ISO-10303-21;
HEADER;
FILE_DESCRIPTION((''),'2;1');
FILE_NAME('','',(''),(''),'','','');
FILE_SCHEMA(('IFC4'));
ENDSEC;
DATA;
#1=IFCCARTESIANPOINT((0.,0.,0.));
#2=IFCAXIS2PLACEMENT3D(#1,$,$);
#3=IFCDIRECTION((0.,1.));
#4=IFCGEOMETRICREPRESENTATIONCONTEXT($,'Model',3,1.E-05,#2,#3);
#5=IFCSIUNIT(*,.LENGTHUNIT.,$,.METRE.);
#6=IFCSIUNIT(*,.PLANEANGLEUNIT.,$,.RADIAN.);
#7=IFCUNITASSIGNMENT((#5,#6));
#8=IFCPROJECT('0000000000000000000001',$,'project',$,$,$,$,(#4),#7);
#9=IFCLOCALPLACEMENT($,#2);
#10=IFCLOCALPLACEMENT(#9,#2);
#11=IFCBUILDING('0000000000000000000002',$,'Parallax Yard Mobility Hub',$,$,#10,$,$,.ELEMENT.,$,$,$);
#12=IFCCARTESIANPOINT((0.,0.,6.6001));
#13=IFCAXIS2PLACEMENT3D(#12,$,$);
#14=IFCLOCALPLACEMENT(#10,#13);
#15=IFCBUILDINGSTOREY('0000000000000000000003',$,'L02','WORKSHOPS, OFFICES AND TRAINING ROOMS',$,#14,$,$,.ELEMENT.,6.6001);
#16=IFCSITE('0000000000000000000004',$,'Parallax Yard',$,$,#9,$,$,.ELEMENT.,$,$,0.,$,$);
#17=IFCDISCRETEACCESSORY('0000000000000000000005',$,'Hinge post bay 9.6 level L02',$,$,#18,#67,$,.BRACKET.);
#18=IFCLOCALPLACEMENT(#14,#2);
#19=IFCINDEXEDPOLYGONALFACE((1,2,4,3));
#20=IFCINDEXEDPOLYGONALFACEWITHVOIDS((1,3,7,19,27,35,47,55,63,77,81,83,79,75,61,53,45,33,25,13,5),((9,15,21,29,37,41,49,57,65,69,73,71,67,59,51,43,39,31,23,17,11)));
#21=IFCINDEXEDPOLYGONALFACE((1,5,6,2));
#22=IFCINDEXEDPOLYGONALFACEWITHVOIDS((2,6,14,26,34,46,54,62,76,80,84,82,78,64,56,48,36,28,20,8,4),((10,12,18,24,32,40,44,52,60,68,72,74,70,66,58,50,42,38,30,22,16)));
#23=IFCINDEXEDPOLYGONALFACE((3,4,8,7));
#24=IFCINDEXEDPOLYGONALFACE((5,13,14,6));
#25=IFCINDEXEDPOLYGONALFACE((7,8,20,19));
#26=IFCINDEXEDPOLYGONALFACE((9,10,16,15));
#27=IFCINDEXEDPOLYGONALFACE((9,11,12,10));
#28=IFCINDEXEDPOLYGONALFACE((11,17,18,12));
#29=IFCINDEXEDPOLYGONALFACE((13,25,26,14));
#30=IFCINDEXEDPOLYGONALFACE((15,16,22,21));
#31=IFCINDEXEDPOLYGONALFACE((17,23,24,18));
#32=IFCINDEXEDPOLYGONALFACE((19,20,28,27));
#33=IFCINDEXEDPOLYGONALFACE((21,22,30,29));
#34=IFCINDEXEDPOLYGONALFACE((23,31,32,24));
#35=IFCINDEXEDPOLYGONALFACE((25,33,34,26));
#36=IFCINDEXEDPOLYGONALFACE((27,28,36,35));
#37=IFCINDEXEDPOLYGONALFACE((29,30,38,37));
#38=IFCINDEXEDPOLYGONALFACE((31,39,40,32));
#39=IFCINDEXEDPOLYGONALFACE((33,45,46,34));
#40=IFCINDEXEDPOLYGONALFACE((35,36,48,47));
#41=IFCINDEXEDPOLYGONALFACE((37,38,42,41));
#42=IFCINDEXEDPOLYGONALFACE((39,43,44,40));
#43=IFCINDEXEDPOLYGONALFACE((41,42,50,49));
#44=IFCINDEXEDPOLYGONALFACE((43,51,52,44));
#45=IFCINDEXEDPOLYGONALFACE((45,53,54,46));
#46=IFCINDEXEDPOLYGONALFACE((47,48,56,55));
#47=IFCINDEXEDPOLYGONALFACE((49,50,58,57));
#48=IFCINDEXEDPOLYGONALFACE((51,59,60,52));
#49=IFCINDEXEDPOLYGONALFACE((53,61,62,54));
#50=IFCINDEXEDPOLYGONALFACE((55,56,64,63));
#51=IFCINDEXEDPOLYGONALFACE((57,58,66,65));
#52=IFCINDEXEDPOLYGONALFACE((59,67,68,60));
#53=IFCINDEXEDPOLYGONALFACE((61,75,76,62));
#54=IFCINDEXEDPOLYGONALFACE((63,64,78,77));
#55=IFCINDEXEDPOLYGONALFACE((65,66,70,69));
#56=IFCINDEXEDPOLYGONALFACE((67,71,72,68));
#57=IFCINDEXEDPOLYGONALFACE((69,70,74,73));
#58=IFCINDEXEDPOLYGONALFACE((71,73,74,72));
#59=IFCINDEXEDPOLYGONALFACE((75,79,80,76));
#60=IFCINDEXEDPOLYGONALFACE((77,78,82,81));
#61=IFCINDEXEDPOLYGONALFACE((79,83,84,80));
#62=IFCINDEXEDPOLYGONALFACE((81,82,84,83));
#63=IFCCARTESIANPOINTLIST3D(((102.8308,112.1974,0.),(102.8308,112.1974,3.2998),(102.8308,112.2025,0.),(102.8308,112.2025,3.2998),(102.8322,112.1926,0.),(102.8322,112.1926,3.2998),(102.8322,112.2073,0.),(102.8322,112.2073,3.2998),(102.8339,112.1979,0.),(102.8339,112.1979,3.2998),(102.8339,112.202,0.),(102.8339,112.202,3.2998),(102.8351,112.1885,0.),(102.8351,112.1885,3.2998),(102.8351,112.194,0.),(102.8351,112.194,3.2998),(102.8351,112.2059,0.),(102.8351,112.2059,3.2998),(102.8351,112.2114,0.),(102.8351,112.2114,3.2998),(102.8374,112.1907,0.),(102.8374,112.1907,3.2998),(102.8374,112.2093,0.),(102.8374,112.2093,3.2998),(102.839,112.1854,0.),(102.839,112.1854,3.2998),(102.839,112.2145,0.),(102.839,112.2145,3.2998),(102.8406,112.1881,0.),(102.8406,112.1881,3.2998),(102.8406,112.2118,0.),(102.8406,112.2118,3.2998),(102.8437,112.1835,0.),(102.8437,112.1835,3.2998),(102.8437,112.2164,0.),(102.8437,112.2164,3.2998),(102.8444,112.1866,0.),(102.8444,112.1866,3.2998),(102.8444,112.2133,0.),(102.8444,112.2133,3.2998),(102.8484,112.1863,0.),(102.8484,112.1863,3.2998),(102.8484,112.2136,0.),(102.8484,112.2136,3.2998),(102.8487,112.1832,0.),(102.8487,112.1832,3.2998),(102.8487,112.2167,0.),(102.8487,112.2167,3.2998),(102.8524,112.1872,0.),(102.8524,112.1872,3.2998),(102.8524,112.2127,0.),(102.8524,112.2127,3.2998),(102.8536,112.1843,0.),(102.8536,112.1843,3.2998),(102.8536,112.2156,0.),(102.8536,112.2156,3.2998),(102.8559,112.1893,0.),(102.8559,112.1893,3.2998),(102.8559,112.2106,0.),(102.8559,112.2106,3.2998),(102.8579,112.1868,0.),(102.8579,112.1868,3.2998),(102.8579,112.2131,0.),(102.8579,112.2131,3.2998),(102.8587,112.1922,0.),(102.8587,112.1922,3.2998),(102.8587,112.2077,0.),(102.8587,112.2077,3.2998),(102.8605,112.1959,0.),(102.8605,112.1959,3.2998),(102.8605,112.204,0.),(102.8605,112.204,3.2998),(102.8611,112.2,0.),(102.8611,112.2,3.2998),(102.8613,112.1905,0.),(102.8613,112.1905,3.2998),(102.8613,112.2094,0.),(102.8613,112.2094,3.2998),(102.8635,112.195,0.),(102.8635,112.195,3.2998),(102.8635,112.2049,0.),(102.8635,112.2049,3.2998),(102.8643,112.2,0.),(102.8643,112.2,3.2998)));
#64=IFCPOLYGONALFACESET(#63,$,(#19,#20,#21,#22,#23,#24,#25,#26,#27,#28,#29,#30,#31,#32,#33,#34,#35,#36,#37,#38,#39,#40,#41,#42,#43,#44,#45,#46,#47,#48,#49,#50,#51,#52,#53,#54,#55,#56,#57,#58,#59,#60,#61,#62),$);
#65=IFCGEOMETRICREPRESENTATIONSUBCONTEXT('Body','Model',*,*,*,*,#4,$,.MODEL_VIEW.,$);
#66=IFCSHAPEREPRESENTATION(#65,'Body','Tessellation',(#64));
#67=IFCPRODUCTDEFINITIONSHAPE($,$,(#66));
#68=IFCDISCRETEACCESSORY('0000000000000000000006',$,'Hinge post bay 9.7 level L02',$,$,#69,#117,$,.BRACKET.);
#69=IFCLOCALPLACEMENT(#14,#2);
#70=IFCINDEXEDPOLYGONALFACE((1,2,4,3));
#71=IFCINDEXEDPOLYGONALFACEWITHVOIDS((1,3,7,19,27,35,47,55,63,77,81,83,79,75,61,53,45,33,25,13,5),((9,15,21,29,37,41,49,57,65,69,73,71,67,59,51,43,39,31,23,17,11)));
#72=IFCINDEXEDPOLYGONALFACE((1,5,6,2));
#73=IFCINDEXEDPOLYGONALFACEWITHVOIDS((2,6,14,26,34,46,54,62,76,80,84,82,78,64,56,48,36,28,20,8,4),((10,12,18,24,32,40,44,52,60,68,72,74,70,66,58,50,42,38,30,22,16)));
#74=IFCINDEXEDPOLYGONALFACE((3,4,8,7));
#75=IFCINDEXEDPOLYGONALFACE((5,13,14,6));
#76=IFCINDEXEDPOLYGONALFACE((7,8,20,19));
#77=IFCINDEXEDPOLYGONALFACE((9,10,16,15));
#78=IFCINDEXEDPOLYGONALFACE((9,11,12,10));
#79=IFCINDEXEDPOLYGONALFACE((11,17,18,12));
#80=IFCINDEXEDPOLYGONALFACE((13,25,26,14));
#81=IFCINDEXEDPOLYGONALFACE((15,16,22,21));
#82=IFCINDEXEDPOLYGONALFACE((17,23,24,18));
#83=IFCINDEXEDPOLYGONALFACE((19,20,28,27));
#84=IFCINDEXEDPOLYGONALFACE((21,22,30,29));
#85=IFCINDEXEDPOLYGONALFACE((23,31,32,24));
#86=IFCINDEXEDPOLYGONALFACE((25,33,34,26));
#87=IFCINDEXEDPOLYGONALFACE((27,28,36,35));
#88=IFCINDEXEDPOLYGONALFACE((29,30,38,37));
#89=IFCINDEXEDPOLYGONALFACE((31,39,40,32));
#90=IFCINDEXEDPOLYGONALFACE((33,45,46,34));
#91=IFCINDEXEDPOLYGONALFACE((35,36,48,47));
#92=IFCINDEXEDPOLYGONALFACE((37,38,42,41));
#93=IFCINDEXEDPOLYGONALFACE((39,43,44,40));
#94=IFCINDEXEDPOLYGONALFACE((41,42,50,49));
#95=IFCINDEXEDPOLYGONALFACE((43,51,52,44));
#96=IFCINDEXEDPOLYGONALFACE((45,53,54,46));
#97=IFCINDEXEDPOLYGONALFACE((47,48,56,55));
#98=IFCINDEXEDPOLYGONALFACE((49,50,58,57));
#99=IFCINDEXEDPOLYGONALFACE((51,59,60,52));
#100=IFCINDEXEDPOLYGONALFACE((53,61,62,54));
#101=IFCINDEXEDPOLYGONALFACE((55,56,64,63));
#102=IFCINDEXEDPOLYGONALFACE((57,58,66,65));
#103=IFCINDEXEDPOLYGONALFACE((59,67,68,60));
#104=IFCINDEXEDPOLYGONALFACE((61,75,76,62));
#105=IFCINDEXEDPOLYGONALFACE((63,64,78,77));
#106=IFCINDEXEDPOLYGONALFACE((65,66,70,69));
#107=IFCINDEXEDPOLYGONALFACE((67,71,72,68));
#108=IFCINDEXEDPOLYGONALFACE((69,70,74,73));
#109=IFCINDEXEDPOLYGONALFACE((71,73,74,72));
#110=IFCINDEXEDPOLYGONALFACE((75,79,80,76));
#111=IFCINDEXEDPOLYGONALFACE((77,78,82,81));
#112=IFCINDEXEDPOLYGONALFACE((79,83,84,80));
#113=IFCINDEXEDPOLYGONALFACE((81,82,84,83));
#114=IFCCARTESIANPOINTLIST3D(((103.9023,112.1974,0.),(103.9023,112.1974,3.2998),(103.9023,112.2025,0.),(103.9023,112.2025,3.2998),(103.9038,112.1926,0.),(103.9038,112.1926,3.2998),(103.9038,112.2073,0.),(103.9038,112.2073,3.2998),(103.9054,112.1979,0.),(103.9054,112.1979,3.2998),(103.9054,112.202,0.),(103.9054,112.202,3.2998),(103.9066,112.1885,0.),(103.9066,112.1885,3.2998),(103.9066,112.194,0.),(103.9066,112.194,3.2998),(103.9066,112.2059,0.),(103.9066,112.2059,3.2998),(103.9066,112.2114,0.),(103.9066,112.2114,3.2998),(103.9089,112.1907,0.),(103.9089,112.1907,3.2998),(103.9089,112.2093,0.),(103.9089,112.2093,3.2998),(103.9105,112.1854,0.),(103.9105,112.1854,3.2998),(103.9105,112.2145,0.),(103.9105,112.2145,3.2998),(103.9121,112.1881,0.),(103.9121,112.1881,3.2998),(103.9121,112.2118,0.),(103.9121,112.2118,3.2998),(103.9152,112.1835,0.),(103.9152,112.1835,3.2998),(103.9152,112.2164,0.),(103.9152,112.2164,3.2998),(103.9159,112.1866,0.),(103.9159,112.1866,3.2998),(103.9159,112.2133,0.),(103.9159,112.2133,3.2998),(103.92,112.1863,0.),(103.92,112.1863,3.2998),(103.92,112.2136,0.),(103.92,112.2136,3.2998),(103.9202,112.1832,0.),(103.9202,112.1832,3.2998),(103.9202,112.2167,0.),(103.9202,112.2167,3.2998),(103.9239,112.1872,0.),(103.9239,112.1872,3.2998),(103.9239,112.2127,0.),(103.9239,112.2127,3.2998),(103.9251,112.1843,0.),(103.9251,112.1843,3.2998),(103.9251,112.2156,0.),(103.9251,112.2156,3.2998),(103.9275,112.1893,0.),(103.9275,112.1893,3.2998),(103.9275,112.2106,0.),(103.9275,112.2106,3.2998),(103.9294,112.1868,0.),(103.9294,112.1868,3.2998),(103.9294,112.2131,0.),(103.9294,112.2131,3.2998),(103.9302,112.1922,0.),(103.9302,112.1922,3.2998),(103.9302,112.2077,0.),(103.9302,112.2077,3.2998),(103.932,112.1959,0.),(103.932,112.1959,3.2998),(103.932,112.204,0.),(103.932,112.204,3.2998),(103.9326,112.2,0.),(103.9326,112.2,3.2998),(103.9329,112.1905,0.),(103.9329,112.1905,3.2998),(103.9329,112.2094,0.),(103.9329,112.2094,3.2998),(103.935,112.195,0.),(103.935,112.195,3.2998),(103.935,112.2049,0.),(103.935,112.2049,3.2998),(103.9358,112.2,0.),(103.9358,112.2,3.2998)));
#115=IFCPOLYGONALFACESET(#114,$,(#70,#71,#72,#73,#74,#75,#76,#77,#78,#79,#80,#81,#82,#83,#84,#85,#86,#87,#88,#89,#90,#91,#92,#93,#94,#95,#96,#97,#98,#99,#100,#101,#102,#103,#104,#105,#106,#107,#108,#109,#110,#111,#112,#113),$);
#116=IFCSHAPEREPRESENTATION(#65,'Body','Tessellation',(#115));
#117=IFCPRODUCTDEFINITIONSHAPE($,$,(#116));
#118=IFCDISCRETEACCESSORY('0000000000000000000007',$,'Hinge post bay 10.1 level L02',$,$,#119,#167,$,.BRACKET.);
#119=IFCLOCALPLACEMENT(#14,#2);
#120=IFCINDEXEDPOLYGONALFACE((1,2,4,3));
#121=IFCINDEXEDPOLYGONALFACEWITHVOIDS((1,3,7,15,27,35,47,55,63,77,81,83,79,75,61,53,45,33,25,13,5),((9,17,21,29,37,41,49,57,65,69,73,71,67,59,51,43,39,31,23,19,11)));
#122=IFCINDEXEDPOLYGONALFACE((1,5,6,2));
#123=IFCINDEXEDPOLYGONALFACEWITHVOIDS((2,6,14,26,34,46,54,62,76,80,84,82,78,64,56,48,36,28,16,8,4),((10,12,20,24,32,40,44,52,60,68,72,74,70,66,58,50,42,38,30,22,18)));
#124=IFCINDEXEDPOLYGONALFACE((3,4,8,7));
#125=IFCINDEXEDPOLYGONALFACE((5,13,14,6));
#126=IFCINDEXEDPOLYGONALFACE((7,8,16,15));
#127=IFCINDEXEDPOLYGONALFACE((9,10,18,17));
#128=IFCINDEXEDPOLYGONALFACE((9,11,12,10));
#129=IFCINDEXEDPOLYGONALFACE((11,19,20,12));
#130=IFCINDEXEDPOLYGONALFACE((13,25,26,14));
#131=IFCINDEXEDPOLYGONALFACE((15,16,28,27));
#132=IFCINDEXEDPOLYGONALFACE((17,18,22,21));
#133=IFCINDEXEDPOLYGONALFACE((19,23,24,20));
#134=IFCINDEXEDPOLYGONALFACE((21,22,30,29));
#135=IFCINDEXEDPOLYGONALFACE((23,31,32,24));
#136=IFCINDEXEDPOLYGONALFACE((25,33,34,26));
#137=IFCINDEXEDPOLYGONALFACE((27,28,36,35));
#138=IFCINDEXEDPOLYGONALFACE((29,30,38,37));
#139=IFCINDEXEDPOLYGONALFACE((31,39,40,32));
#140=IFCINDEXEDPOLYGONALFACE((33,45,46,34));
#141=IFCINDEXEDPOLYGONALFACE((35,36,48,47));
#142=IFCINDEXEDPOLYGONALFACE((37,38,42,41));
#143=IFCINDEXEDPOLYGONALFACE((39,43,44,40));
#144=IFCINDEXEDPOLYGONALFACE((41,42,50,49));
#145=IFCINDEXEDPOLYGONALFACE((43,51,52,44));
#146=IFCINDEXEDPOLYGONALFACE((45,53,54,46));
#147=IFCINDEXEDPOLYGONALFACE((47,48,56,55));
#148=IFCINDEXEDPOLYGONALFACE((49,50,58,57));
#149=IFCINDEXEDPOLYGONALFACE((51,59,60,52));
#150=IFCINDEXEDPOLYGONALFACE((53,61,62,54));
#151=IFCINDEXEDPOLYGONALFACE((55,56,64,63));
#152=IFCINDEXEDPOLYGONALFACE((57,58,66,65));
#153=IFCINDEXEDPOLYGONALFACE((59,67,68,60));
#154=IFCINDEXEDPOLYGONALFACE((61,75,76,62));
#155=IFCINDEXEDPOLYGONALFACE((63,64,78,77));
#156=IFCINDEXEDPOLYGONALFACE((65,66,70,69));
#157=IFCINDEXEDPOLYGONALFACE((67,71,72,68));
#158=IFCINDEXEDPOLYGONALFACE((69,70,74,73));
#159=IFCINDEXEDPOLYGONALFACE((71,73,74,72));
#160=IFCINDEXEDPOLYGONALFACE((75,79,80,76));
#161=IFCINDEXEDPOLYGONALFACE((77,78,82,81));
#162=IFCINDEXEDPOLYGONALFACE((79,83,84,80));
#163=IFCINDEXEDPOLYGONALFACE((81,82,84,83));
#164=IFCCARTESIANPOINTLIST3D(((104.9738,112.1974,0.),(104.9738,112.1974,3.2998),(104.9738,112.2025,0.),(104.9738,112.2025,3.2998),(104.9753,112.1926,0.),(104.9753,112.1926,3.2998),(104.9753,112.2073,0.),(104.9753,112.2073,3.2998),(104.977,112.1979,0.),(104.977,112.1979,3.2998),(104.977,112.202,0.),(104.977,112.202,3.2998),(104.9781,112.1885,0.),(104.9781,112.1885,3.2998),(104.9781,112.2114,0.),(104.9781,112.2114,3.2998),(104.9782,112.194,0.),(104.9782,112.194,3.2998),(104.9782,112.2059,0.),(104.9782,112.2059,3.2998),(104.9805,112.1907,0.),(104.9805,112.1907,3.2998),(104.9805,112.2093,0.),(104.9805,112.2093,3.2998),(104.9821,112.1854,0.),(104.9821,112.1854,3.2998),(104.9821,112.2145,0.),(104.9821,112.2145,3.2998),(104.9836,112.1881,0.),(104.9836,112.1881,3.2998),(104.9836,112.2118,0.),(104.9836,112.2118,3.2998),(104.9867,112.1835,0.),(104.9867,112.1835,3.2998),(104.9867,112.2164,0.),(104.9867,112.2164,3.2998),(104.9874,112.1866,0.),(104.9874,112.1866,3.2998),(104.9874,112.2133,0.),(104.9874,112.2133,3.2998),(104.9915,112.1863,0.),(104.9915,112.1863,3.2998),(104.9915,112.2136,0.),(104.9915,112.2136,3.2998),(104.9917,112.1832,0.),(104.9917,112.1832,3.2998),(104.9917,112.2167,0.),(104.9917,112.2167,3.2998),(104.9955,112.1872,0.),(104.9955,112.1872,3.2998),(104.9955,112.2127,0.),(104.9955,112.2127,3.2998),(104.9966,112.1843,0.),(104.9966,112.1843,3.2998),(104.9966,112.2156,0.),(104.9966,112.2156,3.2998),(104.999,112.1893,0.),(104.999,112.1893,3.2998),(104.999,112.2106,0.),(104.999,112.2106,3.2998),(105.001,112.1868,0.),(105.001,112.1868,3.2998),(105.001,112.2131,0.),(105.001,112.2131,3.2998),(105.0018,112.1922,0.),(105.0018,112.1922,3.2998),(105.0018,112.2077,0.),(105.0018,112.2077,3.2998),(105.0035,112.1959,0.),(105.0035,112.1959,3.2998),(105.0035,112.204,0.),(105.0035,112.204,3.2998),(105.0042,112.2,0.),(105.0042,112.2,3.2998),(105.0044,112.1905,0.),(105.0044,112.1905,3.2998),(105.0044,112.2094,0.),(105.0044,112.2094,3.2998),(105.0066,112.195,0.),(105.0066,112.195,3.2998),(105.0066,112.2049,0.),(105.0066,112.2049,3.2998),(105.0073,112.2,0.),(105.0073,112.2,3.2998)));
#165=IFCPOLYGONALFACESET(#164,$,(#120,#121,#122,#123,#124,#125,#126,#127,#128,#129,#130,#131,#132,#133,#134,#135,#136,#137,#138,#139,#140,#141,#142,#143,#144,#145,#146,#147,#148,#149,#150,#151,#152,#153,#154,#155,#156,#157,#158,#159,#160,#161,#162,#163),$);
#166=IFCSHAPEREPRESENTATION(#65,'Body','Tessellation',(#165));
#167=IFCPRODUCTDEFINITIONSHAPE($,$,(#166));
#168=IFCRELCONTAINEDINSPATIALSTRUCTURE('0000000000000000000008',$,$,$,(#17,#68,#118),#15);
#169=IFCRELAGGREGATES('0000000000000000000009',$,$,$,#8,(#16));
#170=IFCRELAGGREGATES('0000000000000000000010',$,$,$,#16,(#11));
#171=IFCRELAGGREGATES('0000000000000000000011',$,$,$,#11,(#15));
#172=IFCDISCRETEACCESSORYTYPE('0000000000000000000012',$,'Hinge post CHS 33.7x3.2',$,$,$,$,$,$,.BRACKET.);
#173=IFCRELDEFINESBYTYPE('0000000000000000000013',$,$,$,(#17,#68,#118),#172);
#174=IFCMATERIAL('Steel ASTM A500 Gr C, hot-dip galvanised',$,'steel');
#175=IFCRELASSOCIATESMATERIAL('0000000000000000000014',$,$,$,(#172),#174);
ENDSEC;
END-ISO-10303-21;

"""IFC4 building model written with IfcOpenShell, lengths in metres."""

from ifc_helpers import new_model, si_unit, direction, frame, origin, origin_2d, place, context, subcontext, project, spatial, hollow_circle, extrude, material, material_profile, profile_set, type_object, element, save


model = new_model("IFC4")

# Units and contexts
model_context = context("Model", 3, precision=1e-05, world=origin(), true_north=direction((0.0, 1.0)))
body_context = subcontext(model_context, "Body", "Model", "MODEL_VIEW")
ifc_project = project(units=[si_unit("LENGTHUNIT", "METRE"), si_unit("PLANEANGLEUNIT", "RADIAN")], contexts=[model_context])

# Site, building, storey
site_placement = place(None, origin())
site = spatial("IfcSite", under=ifc_project, at=site_placement, Name="Parallax Yard", CompositionType="ELEMENT", RefElevation=0.0)
building_placement = place(site_placement, origin())
building = spatial("IfcBuilding", under=site, at=building_placement, Name="Parallax Yard Mobility Hub", CompositionType="ELEMENT")
storey_placement = place(building_placement, frame((0.0, 0.0, 6.6001)))
storey = spatial("IfcBuildingStorey", under=building, at=storey_placement, Name="L02", Description="WORKSHOPS, OFFICES AND TRAINING ROOMS", CompositionType="ELEMENT", Elevation=6.6001)

# Discrete accessories
ifc_material_1 = material(Name="Steel ASTM A500 Gr C, hot-dip galvanised", Category="steel")
ifc_material_profile_1 = material_profile(ifc_material_1, hollow_circle(Radius=0.0168, WallThickness=0.0032, at=origin_2d()), Name="CHS 33.7x3.2")
ifc_profile_set_1 = profile_set([ifc_material_profile_1], Name="Steel ASTM A500 Gr C, hot-dip galvanised")
discrete_accessory_type_1 = type_object("IfcDiscreteAccessoryType", Name="Hinge post CHS 33.7x3.2", PredefinedType="BRACKET", material=ifc_profile_set_1)
for number, where, z_axis, x_axis, name in (
    (1, (102.8474, 112.2, 0.0), (0.0, 0.0, 1.0), (1.0, 0.0, 0.0), "Hinge post bay 9.6 level L02"),
    (2, (103.9189, 112.2, 0.0), (0.0, 0.0, 1.0), (1.0, 0.0, 0.0), "Hinge post bay 9.7 level L02"),
    (3, (104.9905, 112.2, 0.0), (0.0, 0.0, 1.0), (1.0, 0.0, 0.0), "Hinge post bay 10.1 level L02"),
):
    element("IfcDiscreteAccessory", number, at=place(storey_placement, frame(where, z_axis=z_axis, x_axis=x_axis)), inside=storey, type_object=discrete_accessory_type_1, Name=name, PredefinedType="BRACKET", context=body_context, shape_type="SweptSolid", body=[
        extrude(hollow_circle(Radius=0.0168, WallThickness=0.0032, at=origin_2d()), origin(), (0.0, 0.0, 1.0), 3.2998),
    ])

save(model, "model.ifc")
